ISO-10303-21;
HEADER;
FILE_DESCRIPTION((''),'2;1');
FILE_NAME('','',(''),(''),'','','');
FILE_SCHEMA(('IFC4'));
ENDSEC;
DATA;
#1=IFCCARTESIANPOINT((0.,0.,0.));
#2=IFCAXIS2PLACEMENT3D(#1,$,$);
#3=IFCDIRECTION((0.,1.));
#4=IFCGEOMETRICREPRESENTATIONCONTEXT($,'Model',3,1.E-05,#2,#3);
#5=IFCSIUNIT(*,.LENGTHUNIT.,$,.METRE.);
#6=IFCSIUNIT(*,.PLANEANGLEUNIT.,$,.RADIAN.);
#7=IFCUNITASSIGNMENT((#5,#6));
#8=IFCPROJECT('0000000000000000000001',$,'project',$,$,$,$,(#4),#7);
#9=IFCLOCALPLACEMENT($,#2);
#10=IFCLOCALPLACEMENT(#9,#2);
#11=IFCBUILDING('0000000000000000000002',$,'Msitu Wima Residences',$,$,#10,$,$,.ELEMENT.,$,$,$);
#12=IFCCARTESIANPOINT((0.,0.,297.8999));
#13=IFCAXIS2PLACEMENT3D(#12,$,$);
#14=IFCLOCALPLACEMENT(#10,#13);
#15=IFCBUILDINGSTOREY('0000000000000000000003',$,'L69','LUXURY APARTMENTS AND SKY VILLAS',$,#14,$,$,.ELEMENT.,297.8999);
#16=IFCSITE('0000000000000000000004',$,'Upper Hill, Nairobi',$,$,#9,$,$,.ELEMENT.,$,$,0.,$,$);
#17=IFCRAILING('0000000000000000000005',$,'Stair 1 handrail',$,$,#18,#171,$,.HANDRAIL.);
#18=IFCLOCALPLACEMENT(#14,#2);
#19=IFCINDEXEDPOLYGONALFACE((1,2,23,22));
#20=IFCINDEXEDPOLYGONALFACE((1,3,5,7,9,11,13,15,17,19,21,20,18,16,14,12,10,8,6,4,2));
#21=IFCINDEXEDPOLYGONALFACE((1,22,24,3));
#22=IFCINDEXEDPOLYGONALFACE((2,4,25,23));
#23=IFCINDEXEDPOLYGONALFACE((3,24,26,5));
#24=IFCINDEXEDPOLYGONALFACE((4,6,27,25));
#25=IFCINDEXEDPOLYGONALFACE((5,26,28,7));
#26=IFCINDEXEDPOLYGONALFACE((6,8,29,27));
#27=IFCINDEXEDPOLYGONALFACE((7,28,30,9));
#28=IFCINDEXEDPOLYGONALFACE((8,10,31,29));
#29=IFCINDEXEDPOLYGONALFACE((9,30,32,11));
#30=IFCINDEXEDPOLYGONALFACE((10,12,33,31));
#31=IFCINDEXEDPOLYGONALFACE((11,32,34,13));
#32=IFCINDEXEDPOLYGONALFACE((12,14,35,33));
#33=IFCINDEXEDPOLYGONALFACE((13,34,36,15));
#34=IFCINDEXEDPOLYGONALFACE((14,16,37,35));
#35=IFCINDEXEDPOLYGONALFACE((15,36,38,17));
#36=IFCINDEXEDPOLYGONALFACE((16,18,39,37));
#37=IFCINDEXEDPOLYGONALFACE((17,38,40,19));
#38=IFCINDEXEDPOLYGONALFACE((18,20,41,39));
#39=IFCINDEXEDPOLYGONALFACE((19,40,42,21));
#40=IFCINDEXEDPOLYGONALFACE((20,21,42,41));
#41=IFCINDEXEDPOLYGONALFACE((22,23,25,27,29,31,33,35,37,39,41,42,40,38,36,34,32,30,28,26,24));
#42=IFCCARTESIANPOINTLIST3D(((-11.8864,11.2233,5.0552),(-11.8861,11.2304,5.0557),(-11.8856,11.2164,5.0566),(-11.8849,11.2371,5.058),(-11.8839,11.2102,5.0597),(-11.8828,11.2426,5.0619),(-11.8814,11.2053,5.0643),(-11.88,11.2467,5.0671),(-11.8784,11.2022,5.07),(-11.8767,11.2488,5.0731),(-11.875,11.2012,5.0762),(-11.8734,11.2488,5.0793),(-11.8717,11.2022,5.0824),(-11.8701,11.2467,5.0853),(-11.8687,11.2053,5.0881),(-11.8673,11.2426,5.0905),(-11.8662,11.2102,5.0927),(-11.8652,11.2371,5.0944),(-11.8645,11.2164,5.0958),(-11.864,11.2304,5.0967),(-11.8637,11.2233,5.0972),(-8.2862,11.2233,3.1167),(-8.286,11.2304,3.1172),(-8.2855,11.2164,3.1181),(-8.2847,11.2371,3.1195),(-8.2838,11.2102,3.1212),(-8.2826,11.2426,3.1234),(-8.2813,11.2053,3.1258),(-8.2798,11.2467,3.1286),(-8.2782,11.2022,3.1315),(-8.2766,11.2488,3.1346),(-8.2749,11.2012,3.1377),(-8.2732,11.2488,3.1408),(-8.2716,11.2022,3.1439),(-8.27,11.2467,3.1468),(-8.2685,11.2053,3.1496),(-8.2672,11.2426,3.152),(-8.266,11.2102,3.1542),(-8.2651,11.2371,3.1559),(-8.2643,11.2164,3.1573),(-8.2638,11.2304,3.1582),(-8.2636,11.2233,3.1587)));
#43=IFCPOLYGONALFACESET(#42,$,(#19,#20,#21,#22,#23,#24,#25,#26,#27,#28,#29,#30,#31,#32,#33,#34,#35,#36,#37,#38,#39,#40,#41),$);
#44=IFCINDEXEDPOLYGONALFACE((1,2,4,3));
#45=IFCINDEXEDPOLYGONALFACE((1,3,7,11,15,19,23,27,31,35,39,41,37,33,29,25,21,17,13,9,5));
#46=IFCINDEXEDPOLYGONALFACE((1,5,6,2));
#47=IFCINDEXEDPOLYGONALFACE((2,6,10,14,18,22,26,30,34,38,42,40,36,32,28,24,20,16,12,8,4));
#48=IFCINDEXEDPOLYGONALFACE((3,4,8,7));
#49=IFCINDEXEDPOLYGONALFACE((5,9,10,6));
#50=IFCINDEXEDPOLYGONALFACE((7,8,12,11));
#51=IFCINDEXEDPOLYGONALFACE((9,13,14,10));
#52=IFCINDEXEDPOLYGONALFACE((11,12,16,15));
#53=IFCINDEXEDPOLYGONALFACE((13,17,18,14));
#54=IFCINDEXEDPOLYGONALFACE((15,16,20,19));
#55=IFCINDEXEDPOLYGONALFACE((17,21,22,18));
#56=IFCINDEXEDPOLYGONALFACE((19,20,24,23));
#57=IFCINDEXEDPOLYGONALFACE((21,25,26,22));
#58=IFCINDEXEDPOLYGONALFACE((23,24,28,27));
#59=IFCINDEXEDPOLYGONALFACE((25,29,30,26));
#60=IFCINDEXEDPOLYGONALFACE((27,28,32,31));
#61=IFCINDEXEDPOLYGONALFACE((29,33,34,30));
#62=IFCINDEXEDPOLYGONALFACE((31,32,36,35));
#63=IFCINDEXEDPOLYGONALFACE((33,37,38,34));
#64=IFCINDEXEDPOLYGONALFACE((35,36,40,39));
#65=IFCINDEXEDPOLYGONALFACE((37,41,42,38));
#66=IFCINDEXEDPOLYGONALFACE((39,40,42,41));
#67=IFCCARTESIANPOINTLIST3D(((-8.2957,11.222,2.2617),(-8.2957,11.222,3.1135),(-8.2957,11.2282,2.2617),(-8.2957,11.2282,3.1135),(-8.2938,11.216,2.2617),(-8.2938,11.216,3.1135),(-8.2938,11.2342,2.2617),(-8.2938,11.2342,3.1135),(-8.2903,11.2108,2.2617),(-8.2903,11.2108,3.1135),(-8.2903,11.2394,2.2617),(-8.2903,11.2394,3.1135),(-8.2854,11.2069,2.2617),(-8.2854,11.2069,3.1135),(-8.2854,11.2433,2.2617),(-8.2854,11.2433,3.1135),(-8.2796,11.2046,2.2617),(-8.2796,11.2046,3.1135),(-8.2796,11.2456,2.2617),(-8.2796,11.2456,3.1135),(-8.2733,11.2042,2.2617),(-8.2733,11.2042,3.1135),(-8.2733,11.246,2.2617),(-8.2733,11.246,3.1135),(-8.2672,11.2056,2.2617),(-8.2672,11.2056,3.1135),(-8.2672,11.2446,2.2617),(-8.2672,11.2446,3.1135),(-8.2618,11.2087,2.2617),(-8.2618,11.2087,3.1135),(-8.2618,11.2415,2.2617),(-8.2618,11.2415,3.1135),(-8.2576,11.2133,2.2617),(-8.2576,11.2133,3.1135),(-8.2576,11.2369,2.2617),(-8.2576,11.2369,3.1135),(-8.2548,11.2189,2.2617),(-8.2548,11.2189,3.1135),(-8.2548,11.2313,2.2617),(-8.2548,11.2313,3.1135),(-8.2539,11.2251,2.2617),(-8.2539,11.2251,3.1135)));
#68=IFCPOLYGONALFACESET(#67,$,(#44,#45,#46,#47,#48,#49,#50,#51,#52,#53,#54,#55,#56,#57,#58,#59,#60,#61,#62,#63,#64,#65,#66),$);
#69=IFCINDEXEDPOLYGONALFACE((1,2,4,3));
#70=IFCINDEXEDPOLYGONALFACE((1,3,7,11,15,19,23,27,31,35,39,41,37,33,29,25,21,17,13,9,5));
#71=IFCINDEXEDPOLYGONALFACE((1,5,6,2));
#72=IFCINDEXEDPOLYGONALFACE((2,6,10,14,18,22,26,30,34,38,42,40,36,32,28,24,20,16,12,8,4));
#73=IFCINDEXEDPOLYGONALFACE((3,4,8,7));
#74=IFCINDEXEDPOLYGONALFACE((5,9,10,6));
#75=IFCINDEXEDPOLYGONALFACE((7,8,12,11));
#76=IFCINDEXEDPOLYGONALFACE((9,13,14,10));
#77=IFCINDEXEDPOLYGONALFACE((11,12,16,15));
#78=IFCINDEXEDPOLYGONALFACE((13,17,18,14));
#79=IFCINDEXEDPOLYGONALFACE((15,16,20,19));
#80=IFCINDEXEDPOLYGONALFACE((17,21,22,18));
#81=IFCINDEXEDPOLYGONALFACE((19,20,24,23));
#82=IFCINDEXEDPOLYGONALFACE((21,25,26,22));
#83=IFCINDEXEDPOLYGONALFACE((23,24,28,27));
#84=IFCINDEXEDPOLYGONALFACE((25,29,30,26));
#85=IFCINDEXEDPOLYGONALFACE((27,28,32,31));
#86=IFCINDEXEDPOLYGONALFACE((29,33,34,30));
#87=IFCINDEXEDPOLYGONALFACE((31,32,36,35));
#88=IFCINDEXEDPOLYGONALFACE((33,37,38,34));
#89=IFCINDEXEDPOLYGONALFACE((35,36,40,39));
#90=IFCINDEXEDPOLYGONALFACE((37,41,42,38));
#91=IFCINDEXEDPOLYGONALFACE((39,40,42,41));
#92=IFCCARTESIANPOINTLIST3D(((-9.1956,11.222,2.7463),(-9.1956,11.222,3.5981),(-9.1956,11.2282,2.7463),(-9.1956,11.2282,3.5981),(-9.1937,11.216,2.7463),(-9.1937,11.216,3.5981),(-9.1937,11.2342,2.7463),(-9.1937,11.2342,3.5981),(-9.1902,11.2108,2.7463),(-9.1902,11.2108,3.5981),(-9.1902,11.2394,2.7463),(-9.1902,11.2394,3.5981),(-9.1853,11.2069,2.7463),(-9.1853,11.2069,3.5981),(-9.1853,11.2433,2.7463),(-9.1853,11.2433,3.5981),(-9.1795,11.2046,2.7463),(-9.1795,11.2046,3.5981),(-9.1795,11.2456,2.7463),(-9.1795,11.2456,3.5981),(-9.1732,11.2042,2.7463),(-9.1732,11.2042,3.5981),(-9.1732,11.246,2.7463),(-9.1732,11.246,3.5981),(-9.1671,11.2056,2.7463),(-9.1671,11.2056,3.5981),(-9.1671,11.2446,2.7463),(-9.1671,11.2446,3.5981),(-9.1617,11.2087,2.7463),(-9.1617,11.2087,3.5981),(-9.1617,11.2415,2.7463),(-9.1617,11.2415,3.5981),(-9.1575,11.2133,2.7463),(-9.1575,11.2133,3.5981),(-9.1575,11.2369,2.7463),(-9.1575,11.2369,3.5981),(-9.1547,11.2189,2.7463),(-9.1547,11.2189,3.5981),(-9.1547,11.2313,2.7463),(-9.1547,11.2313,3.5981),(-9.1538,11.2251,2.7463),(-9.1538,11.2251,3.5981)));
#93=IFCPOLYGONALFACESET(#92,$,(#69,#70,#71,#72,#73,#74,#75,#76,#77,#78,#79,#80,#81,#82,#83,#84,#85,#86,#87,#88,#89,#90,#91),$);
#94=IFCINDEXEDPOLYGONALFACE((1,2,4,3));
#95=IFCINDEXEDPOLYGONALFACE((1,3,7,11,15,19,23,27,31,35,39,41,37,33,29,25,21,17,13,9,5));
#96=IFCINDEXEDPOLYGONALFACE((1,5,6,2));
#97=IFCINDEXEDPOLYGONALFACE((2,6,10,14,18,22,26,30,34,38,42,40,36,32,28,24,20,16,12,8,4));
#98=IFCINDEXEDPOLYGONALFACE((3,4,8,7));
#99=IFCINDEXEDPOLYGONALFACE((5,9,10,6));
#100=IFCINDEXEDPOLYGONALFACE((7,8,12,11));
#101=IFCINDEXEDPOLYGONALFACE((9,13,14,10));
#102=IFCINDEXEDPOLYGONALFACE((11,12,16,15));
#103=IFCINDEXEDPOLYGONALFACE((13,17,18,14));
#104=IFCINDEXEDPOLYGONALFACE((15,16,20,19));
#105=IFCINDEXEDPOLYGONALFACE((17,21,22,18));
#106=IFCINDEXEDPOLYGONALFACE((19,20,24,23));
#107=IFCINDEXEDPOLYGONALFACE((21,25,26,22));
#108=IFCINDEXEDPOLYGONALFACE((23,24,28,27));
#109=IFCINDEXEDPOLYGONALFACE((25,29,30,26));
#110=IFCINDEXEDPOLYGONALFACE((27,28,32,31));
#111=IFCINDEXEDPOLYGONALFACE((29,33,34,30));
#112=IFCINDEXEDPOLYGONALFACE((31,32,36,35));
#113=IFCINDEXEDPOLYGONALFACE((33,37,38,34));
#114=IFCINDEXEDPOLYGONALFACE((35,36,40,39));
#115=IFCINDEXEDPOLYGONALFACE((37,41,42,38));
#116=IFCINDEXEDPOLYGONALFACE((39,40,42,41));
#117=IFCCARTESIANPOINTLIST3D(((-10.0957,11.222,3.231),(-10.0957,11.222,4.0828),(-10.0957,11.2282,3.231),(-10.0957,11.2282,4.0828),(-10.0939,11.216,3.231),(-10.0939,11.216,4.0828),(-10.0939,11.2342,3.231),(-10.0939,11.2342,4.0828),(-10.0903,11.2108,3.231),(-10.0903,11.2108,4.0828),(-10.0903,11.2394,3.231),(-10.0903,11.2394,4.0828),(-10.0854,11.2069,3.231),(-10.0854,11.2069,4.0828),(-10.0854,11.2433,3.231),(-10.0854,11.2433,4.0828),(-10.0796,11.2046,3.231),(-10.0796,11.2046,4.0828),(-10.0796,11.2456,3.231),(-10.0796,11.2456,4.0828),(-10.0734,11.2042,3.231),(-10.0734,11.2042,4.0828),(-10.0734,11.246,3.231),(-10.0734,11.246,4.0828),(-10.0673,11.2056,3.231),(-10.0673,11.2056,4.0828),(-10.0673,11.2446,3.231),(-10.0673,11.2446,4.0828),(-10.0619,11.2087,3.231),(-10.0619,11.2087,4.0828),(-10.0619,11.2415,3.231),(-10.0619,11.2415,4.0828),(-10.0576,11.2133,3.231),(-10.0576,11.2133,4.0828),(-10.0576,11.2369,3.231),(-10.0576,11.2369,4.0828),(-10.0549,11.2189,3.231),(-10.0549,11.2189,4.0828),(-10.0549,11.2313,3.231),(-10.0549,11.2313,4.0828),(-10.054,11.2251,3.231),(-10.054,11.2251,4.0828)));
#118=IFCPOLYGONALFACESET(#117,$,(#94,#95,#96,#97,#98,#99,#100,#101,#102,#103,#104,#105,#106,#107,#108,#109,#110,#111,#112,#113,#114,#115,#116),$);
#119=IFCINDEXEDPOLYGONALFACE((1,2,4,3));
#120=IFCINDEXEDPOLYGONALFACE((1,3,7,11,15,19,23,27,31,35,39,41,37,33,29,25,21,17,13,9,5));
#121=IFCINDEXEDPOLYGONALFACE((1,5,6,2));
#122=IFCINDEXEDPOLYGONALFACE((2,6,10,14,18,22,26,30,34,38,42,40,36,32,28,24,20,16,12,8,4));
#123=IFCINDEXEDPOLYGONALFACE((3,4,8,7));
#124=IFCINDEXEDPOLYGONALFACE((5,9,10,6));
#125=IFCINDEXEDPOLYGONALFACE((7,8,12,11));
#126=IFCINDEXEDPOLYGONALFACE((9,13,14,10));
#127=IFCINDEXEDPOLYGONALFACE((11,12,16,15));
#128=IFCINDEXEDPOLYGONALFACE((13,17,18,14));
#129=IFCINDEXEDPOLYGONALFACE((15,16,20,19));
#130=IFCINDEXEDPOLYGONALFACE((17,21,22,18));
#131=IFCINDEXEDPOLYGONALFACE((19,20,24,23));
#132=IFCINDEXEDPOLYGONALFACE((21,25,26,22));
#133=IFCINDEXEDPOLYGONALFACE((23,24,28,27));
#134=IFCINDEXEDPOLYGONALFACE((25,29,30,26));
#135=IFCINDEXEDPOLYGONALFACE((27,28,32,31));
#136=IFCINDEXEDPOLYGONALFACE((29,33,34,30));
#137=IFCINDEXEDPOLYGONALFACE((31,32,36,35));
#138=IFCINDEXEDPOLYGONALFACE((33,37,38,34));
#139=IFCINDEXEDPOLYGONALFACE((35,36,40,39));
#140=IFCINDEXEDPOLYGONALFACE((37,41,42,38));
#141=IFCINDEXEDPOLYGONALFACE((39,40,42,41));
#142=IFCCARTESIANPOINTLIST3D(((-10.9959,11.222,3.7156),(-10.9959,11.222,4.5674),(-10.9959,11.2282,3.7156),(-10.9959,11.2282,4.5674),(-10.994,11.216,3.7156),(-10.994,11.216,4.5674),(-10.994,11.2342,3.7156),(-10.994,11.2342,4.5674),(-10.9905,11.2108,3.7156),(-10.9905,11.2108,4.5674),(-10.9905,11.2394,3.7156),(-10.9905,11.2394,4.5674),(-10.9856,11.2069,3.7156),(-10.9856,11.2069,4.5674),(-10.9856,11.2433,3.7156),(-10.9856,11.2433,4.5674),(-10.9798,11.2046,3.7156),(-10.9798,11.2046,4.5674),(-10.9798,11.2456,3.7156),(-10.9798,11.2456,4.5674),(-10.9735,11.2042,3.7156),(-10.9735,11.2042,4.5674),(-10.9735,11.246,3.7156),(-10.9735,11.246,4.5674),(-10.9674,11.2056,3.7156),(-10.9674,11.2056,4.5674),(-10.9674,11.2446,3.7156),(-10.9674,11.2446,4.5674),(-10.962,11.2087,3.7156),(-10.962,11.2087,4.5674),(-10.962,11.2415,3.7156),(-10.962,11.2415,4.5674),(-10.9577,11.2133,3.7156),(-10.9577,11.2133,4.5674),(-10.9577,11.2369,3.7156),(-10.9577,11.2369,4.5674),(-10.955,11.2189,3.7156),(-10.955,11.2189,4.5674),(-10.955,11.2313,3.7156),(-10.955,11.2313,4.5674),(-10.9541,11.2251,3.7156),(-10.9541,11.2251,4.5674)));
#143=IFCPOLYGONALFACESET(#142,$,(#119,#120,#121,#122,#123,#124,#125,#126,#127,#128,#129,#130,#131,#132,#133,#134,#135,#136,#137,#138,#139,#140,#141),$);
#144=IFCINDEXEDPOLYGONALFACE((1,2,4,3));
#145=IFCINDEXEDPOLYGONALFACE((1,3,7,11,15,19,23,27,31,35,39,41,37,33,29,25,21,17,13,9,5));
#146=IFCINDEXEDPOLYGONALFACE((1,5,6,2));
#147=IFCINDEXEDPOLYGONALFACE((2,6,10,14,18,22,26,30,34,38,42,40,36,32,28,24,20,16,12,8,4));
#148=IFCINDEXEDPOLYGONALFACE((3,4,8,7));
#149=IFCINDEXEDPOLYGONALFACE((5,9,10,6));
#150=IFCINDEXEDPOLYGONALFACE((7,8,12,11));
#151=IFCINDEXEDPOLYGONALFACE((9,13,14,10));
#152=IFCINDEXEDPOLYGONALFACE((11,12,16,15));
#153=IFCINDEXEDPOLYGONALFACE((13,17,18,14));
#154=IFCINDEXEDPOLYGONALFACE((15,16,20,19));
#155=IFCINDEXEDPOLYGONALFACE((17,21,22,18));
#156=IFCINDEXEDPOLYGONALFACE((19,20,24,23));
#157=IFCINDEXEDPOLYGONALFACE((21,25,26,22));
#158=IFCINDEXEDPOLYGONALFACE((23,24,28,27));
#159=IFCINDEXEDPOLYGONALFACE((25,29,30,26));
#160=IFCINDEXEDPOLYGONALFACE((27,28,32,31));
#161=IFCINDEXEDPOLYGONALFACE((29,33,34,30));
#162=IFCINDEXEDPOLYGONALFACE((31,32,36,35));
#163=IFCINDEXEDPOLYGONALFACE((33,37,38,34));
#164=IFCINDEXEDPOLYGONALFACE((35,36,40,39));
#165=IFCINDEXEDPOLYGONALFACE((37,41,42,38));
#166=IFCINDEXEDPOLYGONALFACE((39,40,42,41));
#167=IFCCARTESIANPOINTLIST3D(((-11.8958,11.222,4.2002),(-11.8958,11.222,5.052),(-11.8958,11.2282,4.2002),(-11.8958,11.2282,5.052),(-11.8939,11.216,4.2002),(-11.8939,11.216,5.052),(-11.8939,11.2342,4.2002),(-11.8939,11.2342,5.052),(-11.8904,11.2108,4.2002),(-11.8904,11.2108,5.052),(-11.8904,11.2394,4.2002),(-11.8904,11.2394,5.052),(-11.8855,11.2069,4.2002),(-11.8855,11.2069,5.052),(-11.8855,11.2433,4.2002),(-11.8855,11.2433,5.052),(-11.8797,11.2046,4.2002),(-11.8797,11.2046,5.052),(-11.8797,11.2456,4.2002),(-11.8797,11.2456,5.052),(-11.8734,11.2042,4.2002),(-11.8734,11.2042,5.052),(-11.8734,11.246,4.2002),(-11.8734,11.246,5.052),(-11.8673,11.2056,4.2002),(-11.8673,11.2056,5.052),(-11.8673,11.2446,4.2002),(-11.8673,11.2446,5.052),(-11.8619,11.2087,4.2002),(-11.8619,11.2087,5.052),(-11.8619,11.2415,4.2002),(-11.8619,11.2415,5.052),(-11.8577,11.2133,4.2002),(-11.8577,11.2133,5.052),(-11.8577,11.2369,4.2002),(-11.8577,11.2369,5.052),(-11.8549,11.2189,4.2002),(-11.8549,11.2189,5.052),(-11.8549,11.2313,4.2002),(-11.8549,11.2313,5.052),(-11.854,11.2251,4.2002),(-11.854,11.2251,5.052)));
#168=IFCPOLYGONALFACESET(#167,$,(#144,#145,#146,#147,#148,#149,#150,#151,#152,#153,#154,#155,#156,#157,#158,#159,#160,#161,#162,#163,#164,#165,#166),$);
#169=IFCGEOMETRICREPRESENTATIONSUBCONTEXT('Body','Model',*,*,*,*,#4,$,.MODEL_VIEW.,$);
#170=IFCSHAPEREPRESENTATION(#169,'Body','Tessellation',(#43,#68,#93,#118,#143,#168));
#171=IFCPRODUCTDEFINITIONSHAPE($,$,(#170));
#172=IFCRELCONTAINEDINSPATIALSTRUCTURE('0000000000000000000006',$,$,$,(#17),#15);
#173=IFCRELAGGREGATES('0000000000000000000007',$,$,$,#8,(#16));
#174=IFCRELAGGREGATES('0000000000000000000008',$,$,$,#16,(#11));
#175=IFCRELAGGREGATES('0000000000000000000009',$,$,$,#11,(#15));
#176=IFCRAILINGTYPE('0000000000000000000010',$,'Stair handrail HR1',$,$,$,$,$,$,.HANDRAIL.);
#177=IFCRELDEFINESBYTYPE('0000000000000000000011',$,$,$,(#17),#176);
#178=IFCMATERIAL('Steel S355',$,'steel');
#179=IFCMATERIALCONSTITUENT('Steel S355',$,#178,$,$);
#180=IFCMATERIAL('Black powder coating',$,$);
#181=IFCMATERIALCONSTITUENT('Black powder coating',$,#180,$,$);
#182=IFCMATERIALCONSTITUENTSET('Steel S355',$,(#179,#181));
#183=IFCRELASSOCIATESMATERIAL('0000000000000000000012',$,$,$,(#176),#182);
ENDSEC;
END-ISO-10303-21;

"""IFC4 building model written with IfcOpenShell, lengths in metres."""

from ifc_helpers import new_model, si_unit, direction, frame, origin, origin_2d, place, context, subcontext, project, spatial, circle, extrude, material, constituent, constituent_set, type_object, element, save


model = new_model("IFC4")

# Units and contexts
model_context = context("Model", 3, precision=1e-05, world=origin(), true_north=direction((0.0, 1.0)))
body_context = subcontext(model_context, "Body", "Model", "MODEL_VIEW")
ifc_project = project(units=[si_unit("LENGTHUNIT", "METRE"), si_unit("PLANEANGLEUNIT", "RADIAN")], contexts=[model_context])

# Site, building, storey
site_placement = place(None, origin())
site = spatial("IfcSite", under=ifc_project, at=site_placement, Name="Upper Hill, Nairobi", CompositionType="ELEMENT", RefElevation=0.0)
building_placement = place(site_placement, origin())
building = spatial("IfcBuilding", under=site, at=building_placement, Name="Msitu Wima Residences", CompositionType="ELEMENT")
storey_placement = place(building_placement, frame((0.0, 0.0, 297.8999)))
storey = spatial("IfcBuildingStorey", under=building, at=storey_placement, Name="L69", Description="LUXURY APARTMENTS AND SKY VILLAS", CompositionType="ELEMENT", Elevation=297.8999)

# Railing
ifc_material_1 = material(Name="Steel S355", Category="steel")
ifc_constituent_1 = constituent(ifc_material_1, Name="Steel S355")
ifc_material_2 = material(Name="Black powder coating")
ifc_constituent_2 = constituent(ifc_material_2, Name="Black powder coating")
ifc_constituent_set = constituent_set(constituents=[ifc_constituent_1, ifc_constituent_2], Name="Steel S355")
railing_type = type_object("IfcRailingType", Name="Stair handrail HR1", PredefinedType="HANDRAIL", material=ifc_constituent_set)
railing_placement = place(storey_placement, frame((-8.2749, 11.2251, 2.2617)))
element("IfcRailing", 1, at=railing_placement, inside=storey, type_object=railing_type, Name="Stair 1 handrail", PredefinedType="HANDRAIL", context=body_context, shape_type="SweptSolid", body=[
    extrude(circle(Radius=0.0239, at=origin_2d()), frame((0.0, 0.0, 0.876), z_axis=(-0.880475, 0.0, 0.474093), x_axis=(0.0, -1.0, 0.0)), (0.0, 0.0, 1.0), 4.0889),
    extrude(circle(Radius=0.021, at=origin_2d()), origin(), (0.0, 0.0, 1.0), 0.8518),
    extrude(circle(Radius=0.021, at=origin_2d()), frame((-0.8999, 0.0, 0.4846)), (0.0, 0.0, 1.0), 0.8518),
    extrude(circle(Radius=0.021, at=origin_2d()), frame((-1.8, 0.0, 0.9692)), (0.0, 0.0, 1.0), 0.8518),
    extrude(circle(Radius=0.021, at=origin_2d()), frame((-2.7002, 0.0, 1.4539)), (0.0, 0.0, 1.0), 0.8518),
    extrude(circle(Radius=0.021, at=origin_2d()), frame((-3.6001, 0.0, 1.9385)), (0.0, 0.0, 1.0), 0.8518),
])

save(model, "model.ifc")
